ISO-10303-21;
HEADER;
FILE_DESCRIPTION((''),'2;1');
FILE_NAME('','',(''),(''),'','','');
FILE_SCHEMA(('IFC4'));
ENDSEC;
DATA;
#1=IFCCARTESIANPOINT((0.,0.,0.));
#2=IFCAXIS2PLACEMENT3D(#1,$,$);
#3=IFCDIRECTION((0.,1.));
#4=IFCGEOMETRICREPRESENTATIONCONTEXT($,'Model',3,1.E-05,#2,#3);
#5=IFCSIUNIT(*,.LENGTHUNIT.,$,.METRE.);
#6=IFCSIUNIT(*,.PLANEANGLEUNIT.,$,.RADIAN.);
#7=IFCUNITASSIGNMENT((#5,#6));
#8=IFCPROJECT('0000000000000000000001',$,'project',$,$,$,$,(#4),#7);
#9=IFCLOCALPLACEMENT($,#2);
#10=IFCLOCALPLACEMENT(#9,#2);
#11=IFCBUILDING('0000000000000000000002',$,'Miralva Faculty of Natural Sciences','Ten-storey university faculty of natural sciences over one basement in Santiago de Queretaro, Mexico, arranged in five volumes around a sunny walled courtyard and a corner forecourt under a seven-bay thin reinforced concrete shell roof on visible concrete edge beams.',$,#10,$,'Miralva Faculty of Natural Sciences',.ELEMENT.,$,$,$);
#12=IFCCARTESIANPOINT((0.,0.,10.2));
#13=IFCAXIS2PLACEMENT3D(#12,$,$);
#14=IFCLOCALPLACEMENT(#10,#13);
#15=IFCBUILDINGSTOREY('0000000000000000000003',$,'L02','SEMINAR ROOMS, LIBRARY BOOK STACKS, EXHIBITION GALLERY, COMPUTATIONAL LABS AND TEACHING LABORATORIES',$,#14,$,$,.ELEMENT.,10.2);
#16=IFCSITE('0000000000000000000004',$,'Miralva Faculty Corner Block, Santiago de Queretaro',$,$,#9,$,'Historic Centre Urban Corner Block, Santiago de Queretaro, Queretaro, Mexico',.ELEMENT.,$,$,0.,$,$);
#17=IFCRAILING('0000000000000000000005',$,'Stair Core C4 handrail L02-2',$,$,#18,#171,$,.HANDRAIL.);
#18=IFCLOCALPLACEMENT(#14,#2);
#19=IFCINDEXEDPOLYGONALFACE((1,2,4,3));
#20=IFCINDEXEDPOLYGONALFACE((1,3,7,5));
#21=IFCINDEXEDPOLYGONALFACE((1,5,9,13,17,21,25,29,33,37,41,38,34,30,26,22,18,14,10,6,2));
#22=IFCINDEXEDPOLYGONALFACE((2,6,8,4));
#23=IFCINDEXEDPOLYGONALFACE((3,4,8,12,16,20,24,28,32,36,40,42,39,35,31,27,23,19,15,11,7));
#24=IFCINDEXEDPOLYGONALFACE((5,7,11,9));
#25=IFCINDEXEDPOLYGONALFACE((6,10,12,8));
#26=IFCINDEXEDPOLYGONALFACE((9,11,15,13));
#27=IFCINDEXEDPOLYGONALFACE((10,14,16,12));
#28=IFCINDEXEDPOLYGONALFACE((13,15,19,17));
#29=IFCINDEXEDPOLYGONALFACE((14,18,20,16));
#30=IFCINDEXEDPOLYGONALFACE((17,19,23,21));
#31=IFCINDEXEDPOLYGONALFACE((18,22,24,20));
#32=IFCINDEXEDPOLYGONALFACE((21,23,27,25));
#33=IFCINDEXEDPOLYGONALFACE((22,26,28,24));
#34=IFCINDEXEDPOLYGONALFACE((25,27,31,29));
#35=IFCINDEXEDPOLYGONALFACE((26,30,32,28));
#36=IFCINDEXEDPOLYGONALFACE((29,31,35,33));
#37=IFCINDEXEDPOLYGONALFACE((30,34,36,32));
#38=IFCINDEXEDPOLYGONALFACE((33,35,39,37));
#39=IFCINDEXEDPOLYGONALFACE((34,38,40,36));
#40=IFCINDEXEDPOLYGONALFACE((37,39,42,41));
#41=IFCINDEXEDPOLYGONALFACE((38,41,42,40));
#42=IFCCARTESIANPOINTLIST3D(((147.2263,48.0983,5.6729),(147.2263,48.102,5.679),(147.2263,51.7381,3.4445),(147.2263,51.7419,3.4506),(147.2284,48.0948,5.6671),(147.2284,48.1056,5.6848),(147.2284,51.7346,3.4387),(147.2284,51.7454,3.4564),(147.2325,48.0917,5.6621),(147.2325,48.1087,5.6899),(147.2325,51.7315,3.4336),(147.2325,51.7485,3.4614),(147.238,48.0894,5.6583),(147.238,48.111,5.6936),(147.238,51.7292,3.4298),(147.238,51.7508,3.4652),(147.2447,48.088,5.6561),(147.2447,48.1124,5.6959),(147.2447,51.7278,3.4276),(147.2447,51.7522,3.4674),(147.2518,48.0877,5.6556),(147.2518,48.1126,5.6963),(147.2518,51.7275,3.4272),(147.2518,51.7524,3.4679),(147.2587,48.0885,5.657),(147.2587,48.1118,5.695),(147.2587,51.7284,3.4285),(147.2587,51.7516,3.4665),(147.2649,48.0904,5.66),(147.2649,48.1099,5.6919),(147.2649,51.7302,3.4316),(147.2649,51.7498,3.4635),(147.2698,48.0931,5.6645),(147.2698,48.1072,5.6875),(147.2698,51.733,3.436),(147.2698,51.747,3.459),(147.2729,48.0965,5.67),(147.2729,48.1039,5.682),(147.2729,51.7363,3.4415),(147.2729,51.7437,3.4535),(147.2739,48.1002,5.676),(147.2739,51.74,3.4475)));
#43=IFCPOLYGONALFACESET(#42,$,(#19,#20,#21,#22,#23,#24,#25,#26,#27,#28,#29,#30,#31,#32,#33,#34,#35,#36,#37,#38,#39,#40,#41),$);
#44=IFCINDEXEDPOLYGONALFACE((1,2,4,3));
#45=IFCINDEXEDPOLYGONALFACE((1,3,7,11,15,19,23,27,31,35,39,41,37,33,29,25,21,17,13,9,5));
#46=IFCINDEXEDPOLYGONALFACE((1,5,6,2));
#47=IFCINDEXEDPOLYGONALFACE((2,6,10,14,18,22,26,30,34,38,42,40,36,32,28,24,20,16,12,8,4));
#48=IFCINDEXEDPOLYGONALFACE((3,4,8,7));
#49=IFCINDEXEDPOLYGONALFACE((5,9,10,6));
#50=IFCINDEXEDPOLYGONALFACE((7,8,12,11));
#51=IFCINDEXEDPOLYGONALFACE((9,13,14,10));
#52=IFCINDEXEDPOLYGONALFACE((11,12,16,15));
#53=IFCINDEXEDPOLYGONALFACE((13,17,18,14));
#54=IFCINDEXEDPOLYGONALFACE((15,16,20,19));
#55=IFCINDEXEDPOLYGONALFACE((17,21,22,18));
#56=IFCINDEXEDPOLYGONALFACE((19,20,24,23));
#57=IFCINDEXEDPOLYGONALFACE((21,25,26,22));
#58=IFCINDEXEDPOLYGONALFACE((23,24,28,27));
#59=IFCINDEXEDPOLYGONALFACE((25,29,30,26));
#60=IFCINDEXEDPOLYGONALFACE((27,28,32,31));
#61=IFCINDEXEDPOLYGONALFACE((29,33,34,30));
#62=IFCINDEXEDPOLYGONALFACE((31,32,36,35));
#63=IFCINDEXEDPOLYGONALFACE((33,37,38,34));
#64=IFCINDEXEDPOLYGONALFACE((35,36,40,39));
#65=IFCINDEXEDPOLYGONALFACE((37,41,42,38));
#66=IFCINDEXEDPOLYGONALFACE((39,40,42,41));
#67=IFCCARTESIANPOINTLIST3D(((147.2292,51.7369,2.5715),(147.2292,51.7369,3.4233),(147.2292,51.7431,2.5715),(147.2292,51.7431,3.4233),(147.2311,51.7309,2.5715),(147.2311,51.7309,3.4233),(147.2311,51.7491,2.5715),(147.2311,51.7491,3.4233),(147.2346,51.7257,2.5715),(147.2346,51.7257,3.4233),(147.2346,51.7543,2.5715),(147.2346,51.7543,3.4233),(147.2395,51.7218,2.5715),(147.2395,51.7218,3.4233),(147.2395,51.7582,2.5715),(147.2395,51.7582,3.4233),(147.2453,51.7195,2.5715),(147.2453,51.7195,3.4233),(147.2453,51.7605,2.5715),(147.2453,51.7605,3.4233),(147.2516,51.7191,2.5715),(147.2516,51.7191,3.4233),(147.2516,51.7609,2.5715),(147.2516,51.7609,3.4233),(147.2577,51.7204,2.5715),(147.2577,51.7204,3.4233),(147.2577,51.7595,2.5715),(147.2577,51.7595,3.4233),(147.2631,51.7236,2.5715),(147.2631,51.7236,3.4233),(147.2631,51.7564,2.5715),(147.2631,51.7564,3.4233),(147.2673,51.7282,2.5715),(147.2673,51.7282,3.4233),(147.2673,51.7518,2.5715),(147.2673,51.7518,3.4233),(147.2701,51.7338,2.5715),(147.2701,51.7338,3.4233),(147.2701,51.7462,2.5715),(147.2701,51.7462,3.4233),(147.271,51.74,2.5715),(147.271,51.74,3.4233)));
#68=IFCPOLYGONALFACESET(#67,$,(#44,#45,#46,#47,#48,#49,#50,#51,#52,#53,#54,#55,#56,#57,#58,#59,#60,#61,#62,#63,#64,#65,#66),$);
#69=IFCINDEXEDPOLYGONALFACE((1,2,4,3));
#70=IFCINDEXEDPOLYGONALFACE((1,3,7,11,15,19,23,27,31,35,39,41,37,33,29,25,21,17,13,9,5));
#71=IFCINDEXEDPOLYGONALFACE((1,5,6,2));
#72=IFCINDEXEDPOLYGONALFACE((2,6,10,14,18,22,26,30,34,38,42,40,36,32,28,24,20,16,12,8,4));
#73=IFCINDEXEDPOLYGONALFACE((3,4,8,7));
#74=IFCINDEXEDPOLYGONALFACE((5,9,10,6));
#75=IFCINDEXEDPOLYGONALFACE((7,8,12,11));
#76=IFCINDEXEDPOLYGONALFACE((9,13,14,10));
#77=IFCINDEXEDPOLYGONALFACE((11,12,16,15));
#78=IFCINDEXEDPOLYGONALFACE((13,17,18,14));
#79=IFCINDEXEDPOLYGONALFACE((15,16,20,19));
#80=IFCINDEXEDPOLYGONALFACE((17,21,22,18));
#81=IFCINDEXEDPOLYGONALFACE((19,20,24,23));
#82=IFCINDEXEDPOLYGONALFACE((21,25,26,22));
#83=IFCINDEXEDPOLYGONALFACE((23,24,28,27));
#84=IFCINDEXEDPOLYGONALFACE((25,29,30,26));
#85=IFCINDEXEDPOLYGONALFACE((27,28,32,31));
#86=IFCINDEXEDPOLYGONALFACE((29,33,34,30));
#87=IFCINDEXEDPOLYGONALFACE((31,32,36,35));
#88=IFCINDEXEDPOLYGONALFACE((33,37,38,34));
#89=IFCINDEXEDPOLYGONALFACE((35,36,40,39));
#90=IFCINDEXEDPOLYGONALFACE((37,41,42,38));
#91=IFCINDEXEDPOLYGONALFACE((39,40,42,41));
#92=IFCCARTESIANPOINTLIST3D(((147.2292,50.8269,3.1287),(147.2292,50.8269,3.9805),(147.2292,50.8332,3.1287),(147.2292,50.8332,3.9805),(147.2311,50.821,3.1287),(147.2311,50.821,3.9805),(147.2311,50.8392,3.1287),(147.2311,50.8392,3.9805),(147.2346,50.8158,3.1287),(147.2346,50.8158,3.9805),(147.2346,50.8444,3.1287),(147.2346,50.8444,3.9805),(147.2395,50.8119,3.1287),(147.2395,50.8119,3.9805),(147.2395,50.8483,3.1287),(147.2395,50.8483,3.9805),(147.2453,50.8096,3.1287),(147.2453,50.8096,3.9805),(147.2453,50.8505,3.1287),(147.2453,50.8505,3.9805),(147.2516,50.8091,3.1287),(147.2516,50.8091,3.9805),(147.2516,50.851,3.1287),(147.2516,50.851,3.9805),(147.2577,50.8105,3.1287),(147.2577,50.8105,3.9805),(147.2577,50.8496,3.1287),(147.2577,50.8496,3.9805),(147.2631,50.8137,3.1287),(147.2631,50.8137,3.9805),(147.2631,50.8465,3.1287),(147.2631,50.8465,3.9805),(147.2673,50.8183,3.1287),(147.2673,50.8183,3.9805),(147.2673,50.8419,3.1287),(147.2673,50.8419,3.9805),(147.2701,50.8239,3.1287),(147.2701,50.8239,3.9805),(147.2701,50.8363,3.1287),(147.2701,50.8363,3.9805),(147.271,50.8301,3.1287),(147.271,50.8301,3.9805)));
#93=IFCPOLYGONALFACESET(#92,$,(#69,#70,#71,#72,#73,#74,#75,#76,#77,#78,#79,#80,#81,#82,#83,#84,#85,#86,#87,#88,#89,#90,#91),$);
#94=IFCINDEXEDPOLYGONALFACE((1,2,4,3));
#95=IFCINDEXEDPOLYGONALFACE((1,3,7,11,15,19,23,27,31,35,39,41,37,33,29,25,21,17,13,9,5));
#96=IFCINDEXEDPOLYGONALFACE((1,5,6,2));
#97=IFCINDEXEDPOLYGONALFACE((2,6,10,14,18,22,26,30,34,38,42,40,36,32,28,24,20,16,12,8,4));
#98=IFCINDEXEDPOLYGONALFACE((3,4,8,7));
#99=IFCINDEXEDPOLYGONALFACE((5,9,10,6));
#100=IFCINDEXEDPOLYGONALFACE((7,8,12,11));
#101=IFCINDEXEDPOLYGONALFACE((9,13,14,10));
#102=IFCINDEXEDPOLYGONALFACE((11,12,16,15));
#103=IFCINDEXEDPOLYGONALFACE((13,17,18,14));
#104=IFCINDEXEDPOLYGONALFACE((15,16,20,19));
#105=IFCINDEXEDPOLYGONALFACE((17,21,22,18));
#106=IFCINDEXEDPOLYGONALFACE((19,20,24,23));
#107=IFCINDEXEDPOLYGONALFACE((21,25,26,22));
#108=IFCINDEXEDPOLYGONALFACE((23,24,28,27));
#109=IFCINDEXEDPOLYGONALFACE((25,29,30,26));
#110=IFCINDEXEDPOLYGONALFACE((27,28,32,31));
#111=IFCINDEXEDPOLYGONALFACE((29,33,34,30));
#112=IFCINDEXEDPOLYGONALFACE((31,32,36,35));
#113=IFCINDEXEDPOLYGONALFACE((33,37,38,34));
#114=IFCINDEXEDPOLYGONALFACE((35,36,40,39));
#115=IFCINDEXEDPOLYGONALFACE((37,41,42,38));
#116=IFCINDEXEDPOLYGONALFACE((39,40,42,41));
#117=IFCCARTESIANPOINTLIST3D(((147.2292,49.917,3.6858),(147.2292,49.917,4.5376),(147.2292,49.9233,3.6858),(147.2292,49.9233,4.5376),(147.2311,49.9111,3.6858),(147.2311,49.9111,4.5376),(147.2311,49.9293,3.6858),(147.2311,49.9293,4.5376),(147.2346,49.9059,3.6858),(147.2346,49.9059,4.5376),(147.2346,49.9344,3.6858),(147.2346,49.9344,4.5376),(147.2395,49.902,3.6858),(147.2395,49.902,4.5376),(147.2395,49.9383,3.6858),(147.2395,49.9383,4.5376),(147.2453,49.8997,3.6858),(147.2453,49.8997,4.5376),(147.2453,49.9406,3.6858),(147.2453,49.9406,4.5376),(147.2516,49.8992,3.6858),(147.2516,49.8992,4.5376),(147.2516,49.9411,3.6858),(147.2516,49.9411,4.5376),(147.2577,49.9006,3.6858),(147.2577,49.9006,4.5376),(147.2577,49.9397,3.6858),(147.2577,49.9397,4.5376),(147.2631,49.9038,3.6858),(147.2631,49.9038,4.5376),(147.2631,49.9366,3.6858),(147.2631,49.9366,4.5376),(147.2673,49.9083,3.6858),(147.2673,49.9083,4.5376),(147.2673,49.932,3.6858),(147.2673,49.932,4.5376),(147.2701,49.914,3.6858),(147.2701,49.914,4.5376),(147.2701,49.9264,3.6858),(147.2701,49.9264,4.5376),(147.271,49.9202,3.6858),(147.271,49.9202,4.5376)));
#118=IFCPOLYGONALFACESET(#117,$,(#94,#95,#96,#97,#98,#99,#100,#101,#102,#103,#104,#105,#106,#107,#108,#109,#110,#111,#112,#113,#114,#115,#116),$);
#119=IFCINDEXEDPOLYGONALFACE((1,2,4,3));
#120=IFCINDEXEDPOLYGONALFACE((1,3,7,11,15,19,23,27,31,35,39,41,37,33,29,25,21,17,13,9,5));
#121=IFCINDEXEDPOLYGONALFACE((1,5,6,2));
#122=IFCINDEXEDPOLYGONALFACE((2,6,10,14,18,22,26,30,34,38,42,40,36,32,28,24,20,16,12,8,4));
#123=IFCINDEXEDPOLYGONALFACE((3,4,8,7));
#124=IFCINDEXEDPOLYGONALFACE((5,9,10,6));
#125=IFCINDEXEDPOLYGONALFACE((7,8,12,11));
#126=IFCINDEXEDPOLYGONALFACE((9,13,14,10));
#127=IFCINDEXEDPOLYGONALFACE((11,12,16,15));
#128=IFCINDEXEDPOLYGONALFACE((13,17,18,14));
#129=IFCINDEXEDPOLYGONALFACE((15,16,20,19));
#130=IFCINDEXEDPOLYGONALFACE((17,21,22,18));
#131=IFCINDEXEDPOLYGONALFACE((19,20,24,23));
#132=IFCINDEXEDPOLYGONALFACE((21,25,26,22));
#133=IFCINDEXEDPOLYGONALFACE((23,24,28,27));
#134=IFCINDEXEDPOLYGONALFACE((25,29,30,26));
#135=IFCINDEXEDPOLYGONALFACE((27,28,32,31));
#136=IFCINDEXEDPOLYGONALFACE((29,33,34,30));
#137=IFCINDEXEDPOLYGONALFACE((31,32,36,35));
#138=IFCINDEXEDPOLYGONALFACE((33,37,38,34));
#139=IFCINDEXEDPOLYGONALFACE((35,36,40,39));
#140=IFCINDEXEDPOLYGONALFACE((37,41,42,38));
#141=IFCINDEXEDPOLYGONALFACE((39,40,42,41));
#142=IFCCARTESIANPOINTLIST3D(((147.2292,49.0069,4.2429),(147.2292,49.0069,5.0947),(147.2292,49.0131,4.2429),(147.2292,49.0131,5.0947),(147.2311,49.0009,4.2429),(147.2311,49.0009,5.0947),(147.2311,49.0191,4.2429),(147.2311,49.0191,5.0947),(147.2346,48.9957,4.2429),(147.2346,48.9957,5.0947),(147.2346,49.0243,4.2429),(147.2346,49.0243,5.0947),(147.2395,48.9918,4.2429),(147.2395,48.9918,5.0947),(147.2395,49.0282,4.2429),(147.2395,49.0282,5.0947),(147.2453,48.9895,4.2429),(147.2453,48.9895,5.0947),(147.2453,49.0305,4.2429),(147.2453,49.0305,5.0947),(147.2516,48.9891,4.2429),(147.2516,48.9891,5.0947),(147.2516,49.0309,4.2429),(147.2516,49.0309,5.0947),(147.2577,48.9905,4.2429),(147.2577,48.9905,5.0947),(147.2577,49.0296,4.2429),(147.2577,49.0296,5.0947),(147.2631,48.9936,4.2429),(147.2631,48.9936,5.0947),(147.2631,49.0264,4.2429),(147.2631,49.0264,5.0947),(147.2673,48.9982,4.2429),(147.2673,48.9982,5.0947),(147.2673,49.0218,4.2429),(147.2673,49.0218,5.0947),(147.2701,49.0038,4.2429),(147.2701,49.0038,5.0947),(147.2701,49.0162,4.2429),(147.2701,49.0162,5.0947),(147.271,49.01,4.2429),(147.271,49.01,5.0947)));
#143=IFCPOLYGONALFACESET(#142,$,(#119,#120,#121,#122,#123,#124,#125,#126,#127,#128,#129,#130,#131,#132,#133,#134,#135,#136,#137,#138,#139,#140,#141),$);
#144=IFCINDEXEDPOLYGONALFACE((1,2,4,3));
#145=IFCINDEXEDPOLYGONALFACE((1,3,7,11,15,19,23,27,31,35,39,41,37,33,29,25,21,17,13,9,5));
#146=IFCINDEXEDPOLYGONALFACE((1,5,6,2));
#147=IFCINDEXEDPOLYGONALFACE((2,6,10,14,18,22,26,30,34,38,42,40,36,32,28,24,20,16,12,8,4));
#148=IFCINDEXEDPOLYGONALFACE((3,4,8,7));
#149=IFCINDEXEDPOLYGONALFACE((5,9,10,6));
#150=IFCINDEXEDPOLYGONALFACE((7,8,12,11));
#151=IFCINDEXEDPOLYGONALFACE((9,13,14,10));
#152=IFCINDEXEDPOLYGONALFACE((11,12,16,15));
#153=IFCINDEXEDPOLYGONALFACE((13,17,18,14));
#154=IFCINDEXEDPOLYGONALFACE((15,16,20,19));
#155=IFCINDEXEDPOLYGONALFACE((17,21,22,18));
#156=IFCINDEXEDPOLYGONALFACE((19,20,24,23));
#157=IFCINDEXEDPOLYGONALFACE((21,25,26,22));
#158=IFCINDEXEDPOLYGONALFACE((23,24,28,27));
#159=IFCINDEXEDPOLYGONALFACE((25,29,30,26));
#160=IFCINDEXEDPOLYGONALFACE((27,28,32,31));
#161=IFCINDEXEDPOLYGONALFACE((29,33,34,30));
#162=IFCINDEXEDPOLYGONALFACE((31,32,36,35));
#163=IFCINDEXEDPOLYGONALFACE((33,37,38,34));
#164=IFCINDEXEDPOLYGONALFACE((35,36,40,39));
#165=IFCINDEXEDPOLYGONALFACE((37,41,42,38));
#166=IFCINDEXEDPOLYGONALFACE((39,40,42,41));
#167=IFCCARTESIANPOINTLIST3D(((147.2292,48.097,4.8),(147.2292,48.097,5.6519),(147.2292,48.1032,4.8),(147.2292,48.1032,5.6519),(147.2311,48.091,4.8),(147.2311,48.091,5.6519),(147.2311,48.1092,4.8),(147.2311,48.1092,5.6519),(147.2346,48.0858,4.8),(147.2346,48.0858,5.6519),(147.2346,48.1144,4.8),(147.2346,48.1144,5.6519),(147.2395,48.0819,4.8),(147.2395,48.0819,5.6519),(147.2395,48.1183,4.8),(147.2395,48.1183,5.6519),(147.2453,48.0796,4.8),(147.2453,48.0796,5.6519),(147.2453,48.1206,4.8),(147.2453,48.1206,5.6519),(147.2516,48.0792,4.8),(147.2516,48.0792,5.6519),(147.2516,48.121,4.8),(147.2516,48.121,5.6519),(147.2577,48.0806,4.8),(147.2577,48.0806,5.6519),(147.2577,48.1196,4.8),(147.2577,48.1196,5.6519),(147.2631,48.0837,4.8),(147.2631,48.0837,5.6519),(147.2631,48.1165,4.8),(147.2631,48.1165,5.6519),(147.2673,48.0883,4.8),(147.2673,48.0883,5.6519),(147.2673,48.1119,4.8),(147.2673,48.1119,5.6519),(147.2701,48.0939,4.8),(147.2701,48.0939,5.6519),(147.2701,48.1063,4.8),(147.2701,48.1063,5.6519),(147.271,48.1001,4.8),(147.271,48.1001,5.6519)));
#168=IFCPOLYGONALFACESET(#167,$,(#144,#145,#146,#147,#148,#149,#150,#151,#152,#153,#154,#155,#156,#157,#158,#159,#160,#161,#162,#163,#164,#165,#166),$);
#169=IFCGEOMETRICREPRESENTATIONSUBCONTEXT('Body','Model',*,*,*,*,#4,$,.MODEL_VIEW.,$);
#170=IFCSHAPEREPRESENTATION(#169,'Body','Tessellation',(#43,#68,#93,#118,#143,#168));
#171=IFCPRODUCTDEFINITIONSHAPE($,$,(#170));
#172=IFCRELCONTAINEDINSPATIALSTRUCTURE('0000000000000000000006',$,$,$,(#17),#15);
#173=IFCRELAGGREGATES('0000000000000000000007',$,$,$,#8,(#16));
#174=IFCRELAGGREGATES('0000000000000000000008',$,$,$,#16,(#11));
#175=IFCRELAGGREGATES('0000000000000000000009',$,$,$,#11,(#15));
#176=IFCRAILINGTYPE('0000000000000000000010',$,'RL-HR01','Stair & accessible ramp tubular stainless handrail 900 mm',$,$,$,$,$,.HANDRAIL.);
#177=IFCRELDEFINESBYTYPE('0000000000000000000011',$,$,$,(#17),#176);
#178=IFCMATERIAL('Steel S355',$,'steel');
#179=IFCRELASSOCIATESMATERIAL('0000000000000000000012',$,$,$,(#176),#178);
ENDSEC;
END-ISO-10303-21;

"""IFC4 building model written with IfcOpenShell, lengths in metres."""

from ifc_helpers import new_model, si_unit, direction, frame, origin, origin_2d, place, context, subcontext, project, spatial, circle, extrude, material, type_object, element, save


model = new_model("IFC4")

# Units and contexts
model_context = context("Model", 3, precision=1e-05, world=origin(), true_north=direction((0.0, 1.0)))
body_context = subcontext(model_context, "Body", "Model", "MODEL_VIEW")
ifc_project = project(units=[si_unit("LENGTHUNIT", "METRE"), si_unit("PLANEANGLEUNIT", "RADIAN")], contexts=[model_context])

# Site, building, storey
site_placement = place(None, origin())
site = spatial("IfcSite", under=ifc_project, at=site_placement, Name="Miralva Faculty Corner Block, Santiago de Queretaro", LongName="Historic Centre Urban Corner Block, Santiago de Queretaro, Queretaro, Mexico", CompositionType="ELEMENT", RefElevation=0.0)
building_placement = place(site_placement, origin())
building = spatial("IfcBuilding", under=site, at=building_placement, Name="Miralva Faculty of Natural Sciences", Description="Ten-storey university faculty of natural sciences over one basement in Santiago de Queretaro, Mexico, arranged in five volumes around a sunny walled courtyard and a corner forecourt under a seven-bay thin reinforced concrete shell roof on visible concrete edge beams.", LongName="Miralva Faculty of Natural Sciences", CompositionType="ELEMENT")
storey_placement = place(building_placement, frame((0.0, 0.0, 10.2)))
storey = spatial("IfcBuildingStorey", under=building, at=storey_placement, Name="L02", Description="SEMINAR ROOMS, LIBRARY BOOK STACKS, EXHIBITION GALLERY, COMPUTATIONAL LABS AND TEACHING LABORATORIES", CompositionType="ELEMENT", Elevation=10.2)

# Railing
ifc_material_1 = material(Name="Steel S355", Category="steel")
railing_type_1 = type_object("IfcRailingType", Name="RL-HR01", Description="Stair & accessible ramp tubular stainless handrail 900 mm", PredefinedType="HANDRAIL", material=ifc_material_1)
railing_1_placement = place(storey_placement, frame((147.25, 51.74, 2.5715)))
element("IfcRailing", 1, at=railing_1_placement, inside=storey, type_object=railing_type_1, Name="Stair Core C4 handrail L02-2", PredefinedType="HANDRAIL", context=body_context, shape_type="SweptSolid", body=[
    extrude(circle(Radius=0.0239, at=origin_2d()), frame((0.0, 0.0, 0.876), z_axis=(0.0, -0.85285, 0.522156), x_axis=(1.0, 0.0, 0.0)), (0.0, 0.0, 1.0), 4.2678),
    extrude(circle(Radius=0.021, at=origin_2d()), origin(), (0.0, 0.0, 1.0), 0.8518),
    extrude(circle(Radius=0.021, at=origin_2d()), frame((0.0, -0.9099, 0.5571)), (0.0, 0.0, 1.0), 0.8518),
    extrude(circle(Radius=0.021, at=origin_2d()), frame((0.0, -1.8198, 1.1143)), (0.0, 0.0, 1.0), 0.8518),
    extrude(circle(Radius=0.021, at=origin_2d()), frame((0.0, -2.73, 1.6714)), (0.0, 0.0, 1.0), 0.8518),
    extrude(circle(Radius=0.021, at=origin_2d()), frame((0.0, -3.6399, 2.2285)), (0.0, 0.0, 1.0), 0.8518),
])

save(model, "model.ifc")
